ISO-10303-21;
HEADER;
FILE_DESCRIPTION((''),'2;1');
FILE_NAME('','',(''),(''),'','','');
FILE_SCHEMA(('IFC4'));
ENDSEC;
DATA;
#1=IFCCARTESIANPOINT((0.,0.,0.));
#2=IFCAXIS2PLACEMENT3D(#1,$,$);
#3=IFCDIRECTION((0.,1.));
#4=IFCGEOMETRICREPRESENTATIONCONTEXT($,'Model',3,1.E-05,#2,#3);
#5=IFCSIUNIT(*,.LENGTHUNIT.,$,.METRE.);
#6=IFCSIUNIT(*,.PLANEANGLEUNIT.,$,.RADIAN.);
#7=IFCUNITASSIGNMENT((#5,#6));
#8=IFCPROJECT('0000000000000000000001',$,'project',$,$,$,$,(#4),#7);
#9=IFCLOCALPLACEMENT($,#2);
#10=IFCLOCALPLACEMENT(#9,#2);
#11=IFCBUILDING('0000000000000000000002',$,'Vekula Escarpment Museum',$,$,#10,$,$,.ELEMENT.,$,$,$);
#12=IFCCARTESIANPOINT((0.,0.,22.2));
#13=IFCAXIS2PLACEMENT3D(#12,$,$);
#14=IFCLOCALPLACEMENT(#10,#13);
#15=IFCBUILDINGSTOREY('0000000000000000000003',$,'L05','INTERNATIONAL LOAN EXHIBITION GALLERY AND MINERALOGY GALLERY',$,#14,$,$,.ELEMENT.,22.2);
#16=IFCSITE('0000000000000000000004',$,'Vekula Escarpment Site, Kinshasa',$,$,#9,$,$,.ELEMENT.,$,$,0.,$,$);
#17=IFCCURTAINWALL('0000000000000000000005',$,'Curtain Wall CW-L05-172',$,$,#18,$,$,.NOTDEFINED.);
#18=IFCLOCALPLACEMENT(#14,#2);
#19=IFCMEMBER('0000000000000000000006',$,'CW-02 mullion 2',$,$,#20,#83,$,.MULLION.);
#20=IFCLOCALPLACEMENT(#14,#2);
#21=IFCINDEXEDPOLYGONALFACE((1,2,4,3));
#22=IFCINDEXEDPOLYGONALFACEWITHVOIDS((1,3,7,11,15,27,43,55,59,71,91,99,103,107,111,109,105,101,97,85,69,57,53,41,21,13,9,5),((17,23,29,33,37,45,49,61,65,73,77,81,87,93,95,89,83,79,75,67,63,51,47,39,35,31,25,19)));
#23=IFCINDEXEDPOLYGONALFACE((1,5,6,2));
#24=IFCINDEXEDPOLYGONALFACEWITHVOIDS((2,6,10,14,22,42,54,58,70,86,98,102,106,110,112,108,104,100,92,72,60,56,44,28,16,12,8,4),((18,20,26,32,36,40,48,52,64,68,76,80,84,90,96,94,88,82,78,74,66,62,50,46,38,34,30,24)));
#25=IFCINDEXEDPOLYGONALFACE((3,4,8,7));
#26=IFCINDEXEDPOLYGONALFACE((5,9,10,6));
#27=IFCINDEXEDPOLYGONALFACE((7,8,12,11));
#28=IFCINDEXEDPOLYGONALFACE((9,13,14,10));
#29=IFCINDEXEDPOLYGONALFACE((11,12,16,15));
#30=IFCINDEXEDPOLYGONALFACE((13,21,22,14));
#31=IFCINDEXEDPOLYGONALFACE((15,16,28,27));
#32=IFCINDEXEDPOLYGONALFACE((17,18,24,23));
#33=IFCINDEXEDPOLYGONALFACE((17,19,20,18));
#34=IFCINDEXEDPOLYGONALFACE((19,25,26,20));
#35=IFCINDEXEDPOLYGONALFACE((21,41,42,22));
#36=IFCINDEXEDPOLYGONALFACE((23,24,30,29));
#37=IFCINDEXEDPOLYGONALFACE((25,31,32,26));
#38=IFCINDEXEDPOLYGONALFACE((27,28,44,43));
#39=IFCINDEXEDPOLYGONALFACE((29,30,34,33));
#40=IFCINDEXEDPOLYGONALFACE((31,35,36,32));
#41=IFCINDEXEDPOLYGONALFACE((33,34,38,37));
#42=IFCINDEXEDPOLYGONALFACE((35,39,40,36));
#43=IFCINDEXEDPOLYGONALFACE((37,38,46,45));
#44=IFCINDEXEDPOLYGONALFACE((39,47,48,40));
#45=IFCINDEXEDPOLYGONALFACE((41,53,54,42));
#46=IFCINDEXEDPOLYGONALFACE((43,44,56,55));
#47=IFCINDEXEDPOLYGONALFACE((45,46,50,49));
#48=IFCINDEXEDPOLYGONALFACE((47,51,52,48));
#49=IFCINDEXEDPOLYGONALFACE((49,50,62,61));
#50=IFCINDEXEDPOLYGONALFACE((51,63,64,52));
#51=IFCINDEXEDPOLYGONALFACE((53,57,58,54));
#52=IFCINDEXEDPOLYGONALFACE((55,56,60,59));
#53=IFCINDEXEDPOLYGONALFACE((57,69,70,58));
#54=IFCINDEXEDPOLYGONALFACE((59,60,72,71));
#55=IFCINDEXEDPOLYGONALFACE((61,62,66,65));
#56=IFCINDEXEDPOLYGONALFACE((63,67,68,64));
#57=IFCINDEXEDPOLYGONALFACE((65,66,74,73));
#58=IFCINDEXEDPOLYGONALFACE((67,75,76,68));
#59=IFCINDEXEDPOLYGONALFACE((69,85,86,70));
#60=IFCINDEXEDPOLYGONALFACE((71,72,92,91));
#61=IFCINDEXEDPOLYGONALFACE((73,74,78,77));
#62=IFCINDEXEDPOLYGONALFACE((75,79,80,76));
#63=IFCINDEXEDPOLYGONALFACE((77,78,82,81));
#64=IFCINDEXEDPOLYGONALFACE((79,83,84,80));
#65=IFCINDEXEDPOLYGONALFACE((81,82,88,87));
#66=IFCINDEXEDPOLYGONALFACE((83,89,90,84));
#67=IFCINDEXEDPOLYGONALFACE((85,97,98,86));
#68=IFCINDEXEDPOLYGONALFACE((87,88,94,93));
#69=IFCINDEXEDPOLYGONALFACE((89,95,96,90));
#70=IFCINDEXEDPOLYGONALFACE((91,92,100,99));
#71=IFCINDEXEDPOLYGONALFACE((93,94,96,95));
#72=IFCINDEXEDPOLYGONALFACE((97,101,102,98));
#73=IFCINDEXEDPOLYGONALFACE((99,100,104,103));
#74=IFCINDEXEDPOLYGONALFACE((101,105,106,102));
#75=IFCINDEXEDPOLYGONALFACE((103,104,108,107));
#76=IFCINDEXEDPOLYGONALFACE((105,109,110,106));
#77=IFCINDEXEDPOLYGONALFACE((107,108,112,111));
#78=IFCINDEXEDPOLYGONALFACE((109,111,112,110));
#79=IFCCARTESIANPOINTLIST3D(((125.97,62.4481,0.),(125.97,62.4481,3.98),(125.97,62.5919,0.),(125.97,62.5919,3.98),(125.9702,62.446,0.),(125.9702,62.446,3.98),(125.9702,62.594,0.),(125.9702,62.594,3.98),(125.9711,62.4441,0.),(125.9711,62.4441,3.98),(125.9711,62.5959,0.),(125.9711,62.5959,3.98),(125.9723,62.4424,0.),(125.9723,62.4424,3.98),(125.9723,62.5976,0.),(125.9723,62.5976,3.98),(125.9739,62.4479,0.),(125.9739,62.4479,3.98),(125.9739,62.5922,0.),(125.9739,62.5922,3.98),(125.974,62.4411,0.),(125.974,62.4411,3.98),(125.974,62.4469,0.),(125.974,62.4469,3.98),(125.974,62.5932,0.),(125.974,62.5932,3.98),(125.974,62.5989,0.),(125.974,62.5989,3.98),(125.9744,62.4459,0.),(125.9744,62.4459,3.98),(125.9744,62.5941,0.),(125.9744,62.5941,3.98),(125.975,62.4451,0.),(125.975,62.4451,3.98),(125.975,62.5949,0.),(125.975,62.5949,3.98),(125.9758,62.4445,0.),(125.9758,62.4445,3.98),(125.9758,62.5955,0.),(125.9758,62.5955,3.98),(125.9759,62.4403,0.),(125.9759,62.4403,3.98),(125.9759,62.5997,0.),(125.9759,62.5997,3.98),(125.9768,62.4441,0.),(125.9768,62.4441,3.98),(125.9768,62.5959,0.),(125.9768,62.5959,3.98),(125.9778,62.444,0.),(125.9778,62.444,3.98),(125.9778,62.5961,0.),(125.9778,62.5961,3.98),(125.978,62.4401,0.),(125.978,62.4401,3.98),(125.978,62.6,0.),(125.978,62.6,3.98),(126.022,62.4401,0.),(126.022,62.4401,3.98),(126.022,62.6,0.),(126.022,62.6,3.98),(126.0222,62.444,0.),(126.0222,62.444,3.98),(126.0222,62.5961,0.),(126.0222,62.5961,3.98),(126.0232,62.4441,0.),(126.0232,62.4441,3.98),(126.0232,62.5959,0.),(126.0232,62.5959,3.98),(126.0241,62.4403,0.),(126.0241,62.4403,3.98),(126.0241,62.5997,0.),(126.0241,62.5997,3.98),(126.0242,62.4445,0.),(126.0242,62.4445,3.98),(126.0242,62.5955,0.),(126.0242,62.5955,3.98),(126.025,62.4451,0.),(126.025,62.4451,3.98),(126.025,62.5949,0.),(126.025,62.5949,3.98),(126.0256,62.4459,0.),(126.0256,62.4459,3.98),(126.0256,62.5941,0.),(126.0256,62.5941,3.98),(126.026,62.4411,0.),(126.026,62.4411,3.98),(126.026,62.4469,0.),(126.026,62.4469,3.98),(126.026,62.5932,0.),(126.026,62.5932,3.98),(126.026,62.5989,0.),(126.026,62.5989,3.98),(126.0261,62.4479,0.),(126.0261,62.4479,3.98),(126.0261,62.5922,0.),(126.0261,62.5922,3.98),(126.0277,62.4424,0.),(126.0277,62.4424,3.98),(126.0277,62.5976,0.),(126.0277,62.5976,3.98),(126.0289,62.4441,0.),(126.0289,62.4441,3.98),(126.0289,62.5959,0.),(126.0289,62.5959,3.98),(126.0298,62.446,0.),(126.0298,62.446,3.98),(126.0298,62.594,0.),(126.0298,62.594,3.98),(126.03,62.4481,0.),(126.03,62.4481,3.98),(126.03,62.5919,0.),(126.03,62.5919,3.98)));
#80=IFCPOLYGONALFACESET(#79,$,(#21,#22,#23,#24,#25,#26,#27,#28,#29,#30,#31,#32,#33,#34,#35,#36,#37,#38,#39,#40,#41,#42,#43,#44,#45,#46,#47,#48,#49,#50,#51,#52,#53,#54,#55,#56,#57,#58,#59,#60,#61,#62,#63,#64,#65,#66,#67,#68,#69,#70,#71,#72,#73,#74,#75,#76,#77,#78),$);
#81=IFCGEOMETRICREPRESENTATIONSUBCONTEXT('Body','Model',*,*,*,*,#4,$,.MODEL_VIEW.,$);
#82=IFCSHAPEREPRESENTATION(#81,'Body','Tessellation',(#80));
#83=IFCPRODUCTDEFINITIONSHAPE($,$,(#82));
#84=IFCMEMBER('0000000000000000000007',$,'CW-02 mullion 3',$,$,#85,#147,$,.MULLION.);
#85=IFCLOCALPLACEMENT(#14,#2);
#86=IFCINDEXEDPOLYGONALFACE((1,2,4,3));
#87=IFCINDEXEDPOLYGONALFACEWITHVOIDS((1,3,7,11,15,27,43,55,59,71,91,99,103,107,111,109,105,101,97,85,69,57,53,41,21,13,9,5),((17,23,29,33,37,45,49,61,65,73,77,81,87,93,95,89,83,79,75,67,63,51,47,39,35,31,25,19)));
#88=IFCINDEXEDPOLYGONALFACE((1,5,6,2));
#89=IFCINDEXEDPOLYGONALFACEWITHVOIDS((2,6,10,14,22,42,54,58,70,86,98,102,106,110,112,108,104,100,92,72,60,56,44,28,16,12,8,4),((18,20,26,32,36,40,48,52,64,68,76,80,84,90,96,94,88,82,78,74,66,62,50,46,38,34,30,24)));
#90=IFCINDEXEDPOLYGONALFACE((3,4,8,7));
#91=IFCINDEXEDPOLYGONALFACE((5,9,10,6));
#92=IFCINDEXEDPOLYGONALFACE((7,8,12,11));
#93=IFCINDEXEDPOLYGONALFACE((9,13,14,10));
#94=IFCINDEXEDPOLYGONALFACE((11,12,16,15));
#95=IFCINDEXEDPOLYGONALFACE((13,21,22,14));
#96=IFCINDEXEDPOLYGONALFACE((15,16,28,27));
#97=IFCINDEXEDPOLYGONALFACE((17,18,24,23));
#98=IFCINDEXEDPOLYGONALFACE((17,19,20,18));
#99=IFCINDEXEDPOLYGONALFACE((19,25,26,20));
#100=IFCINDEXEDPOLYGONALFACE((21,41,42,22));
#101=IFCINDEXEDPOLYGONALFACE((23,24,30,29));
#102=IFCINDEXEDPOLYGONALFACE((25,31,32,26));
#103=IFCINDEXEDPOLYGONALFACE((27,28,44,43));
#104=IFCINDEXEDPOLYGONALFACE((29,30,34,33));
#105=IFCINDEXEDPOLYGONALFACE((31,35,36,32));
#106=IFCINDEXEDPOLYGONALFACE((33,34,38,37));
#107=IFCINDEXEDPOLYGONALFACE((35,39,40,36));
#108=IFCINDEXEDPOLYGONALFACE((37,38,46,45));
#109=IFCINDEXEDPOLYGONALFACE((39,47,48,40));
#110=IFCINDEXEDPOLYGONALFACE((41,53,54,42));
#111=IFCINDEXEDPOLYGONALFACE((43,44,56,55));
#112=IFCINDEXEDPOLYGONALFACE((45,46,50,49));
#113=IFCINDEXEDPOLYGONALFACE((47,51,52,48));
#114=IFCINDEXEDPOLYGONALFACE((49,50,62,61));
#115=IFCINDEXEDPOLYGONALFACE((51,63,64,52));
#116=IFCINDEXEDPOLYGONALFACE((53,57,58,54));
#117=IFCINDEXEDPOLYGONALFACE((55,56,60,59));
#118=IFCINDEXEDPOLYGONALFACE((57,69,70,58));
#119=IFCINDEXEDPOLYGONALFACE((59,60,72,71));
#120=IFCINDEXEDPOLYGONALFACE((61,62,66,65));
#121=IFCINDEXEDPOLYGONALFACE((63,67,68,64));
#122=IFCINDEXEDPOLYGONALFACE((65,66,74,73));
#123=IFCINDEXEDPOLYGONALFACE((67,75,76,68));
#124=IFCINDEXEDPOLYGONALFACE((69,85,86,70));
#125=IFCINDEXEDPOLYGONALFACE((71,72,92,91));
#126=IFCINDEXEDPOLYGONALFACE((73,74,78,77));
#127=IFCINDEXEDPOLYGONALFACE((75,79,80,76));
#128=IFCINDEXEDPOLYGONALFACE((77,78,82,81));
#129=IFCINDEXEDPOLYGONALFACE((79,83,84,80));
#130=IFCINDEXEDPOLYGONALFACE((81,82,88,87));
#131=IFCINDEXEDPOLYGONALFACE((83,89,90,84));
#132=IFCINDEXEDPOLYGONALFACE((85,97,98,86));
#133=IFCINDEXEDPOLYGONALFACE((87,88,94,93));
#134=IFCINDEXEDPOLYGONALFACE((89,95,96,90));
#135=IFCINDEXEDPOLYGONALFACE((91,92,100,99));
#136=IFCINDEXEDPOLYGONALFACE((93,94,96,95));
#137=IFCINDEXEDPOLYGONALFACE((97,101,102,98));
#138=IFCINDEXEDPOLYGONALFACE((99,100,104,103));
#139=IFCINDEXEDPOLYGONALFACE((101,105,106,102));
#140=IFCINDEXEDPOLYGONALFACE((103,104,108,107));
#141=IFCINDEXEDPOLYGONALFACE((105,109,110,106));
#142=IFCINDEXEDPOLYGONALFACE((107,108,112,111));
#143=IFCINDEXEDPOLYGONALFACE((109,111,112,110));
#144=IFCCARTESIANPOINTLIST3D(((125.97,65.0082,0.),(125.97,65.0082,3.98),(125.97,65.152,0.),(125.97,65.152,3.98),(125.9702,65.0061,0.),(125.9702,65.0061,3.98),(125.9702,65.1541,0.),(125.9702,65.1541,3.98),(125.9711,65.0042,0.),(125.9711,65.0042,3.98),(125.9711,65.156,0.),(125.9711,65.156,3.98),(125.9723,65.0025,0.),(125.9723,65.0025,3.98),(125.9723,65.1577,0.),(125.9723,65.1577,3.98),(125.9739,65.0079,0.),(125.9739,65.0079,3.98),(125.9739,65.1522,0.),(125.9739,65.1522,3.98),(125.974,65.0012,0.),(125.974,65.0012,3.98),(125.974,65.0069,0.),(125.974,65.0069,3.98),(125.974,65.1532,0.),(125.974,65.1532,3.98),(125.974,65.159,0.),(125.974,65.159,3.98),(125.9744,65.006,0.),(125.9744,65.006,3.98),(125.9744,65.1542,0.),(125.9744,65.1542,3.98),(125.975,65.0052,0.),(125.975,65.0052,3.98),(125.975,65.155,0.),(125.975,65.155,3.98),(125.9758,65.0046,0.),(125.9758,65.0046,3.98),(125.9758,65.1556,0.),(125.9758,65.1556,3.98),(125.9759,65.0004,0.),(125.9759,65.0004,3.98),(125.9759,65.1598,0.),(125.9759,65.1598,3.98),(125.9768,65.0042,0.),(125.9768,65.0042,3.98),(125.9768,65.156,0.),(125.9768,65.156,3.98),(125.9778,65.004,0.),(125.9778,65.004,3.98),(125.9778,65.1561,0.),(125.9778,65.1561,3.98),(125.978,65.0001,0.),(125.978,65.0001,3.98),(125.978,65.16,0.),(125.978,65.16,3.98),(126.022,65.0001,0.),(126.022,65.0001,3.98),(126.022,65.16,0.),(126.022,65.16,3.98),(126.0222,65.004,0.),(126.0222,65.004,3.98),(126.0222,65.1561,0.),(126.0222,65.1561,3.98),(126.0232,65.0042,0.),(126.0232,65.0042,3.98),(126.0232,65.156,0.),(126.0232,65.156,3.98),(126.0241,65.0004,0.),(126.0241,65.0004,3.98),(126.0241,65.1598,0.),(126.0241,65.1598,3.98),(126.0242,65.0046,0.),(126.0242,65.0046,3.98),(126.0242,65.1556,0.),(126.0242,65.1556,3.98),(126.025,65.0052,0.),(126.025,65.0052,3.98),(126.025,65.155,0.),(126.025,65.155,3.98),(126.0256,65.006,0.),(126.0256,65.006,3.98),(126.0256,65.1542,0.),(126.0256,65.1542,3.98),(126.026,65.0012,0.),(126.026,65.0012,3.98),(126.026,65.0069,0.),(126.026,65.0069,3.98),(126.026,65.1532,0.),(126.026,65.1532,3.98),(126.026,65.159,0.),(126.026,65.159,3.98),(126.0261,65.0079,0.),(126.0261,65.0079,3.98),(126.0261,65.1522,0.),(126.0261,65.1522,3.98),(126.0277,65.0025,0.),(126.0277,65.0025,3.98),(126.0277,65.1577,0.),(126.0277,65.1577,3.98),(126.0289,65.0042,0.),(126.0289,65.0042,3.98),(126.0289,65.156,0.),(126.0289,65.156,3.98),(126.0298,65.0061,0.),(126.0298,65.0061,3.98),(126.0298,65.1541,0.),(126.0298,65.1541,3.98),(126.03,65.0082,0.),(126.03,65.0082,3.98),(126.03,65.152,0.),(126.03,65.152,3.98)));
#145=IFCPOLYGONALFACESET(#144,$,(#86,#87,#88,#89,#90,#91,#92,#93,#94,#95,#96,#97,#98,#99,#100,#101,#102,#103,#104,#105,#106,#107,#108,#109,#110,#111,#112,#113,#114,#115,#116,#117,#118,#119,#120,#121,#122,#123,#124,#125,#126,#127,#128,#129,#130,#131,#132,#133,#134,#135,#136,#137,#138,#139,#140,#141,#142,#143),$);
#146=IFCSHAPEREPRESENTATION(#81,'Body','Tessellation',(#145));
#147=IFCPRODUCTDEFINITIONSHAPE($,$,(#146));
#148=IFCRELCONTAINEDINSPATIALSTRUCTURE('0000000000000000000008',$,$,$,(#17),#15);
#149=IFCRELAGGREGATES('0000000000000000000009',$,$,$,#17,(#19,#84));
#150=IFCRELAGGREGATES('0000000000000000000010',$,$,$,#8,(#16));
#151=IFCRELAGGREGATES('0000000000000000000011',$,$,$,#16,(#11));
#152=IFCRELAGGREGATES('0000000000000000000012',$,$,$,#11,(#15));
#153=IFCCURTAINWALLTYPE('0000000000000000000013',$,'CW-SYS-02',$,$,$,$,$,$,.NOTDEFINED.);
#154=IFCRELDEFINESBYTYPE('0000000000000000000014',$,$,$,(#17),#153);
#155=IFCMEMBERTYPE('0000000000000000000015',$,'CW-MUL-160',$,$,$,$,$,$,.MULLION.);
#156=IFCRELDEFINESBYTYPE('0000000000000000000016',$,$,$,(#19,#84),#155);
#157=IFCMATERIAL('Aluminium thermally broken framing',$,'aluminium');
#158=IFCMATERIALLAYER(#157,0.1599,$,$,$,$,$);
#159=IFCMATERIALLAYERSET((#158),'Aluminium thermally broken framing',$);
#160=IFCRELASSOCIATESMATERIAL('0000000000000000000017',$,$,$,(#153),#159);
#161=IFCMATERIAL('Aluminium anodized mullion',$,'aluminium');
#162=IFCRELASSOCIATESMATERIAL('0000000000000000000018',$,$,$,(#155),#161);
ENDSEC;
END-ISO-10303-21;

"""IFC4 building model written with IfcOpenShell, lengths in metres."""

from ifc_helpers import new_model, si_unit, direction, frame, origin, origin_2d, place, context, subcontext, project, spatial, hollow_rectangle, extrude, material, layer, layer_set, material_profile, profile_set, type_object, element, aggregate, save


model = new_model("IFC4")

# Units and contexts
model_context = context("Model", 3, precision=1e-05, world=origin(), true_north=direction((0.0, 1.0)))
body_context = subcontext(model_context, "Body", "Model", "MODEL_VIEW")
ifc_project = project(units=[si_unit("LENGTHUNIT", "METRE"), si_unit("PLANEANGLEUNIT", "RADIAN")], contexts=[model_context])

# Site, building, storey
site_placement = place(None, origin())
site = spatial("IfcSite", under=ifc_project, at=site_placement, Name="Vekula Escarpment Site, Kinshasa", CompositionType="ELEMENT", RefElevation=0.0)
building_placement = place(site_placement, origin())
building = spatial("IfcBuilding", under=site, at=building_placement, Name="Vekula Escarpment Museum", CompositionType="ELEMENT")
storey_placement = place(building_placement, frame((0.0, 0.0, 22.2)))
storey = spatial("IfcBuildingStorey", under=building, at=storey_placement, Name="L05", Description="INTERNATIONAL LOAN EXHIBITION GALLERY AND MINERALOGY GALLERY", CompositionType="ELEMENT", Elevation=22.2)

# Curtain wall, members
ifc_material_1 = material(Name="Aluminium thermally broken framing", Category="aluminium")
ifc_layer_1 = layer(ifc_material_1, 0.1599)
ifc_layer_set_1 = layer_set([ifc_layer_1], Name="Aluminium thermally broken framing")
curtain_wall_type = type_object("IfcCurtainWallType", Name="CW-SYS-02", PredefinedType="NOTDEFINED", material=ifc_layer_set_1)
curtain_wall_placement = place(storey_placement, origin())
curtain_wall = element("IfcCurtainWall", 1, at=curtain_wall_placement, inside=storey, type_object=curtain_wall_type, Name="Curtain Wall CW-L05-172", PredefinedType="NOTDEFINED")
ifc_material_2 = material(Name="Aluminium anodized mullion", Category="aluminium")
ifc_material_profile_1 = material_profile(ifc_material_2, hollow_rectangle(XDim=0.0601, YDim=0.1599, WallThickness=0.0039, InnerFilletRadius=0.0039, OuterFilletRadius=0.0081, at=origin_2d()), Name="ALU 160x60x4")
ifc_profile_set_1 = profile_set([ifc_material_profile_1], Name="Aluminium anodized mullion")
member_type_1 = type_object("IfcMemberType", Name="CW-MUL-160", PredefinedType="MULLION", material=ifc_profile_set_1)
member_1_placement = place(storey_placement, frame((126.0, 62.52, 0.0), z_axis=(0.0, 0.0, 1.0), x_axis=(-1.0, 0.0, 0.0)))
member_1 = element("IfcMember", 2, at=member_1_placement, type_object=member_type_1, Name="CW-02 mullion 2", PredefinedType="MULLION", context=body_context, shape_type="SweptSolid", body=[
    extrude(hollow_rectangle(XDim=0.0601, YDim=0.1599, WallThickness=0.0039, InnerFilletRadius=0.0039, OuterFilletRadius=0.0081, at=origin_2d()), origin(), (0.0, 0.0, 1.0), 3.98),
])
member_2_placement = place(storey_placement, frame((126.0, 65.0801, 0.0), z_axis=(0.0, 0.0, 1.0), x_axis=(-1.0, 0.0, 0.0)))
member_2 = element("IfcMember", 3, at=member_2_placement, type_object=member_type_1, Name="CW-02 mullion 3", PredefinedType="MULLION", context=body_context, shape_type="SweptSolid", body=[
    extrude(hollow_rectangle(XDim=0.0601, YDim=0.1599, WallThickness=0.0039, InnerFilletRadius=0.0039, OuterFilletRadius=0.0081, at=origin_2d()), origin(), (0.0, 0.0, 1.0), 3.98),
])

aggregate(curtain_wall, [member_1, member_2])

save(model, "model.ifc")
